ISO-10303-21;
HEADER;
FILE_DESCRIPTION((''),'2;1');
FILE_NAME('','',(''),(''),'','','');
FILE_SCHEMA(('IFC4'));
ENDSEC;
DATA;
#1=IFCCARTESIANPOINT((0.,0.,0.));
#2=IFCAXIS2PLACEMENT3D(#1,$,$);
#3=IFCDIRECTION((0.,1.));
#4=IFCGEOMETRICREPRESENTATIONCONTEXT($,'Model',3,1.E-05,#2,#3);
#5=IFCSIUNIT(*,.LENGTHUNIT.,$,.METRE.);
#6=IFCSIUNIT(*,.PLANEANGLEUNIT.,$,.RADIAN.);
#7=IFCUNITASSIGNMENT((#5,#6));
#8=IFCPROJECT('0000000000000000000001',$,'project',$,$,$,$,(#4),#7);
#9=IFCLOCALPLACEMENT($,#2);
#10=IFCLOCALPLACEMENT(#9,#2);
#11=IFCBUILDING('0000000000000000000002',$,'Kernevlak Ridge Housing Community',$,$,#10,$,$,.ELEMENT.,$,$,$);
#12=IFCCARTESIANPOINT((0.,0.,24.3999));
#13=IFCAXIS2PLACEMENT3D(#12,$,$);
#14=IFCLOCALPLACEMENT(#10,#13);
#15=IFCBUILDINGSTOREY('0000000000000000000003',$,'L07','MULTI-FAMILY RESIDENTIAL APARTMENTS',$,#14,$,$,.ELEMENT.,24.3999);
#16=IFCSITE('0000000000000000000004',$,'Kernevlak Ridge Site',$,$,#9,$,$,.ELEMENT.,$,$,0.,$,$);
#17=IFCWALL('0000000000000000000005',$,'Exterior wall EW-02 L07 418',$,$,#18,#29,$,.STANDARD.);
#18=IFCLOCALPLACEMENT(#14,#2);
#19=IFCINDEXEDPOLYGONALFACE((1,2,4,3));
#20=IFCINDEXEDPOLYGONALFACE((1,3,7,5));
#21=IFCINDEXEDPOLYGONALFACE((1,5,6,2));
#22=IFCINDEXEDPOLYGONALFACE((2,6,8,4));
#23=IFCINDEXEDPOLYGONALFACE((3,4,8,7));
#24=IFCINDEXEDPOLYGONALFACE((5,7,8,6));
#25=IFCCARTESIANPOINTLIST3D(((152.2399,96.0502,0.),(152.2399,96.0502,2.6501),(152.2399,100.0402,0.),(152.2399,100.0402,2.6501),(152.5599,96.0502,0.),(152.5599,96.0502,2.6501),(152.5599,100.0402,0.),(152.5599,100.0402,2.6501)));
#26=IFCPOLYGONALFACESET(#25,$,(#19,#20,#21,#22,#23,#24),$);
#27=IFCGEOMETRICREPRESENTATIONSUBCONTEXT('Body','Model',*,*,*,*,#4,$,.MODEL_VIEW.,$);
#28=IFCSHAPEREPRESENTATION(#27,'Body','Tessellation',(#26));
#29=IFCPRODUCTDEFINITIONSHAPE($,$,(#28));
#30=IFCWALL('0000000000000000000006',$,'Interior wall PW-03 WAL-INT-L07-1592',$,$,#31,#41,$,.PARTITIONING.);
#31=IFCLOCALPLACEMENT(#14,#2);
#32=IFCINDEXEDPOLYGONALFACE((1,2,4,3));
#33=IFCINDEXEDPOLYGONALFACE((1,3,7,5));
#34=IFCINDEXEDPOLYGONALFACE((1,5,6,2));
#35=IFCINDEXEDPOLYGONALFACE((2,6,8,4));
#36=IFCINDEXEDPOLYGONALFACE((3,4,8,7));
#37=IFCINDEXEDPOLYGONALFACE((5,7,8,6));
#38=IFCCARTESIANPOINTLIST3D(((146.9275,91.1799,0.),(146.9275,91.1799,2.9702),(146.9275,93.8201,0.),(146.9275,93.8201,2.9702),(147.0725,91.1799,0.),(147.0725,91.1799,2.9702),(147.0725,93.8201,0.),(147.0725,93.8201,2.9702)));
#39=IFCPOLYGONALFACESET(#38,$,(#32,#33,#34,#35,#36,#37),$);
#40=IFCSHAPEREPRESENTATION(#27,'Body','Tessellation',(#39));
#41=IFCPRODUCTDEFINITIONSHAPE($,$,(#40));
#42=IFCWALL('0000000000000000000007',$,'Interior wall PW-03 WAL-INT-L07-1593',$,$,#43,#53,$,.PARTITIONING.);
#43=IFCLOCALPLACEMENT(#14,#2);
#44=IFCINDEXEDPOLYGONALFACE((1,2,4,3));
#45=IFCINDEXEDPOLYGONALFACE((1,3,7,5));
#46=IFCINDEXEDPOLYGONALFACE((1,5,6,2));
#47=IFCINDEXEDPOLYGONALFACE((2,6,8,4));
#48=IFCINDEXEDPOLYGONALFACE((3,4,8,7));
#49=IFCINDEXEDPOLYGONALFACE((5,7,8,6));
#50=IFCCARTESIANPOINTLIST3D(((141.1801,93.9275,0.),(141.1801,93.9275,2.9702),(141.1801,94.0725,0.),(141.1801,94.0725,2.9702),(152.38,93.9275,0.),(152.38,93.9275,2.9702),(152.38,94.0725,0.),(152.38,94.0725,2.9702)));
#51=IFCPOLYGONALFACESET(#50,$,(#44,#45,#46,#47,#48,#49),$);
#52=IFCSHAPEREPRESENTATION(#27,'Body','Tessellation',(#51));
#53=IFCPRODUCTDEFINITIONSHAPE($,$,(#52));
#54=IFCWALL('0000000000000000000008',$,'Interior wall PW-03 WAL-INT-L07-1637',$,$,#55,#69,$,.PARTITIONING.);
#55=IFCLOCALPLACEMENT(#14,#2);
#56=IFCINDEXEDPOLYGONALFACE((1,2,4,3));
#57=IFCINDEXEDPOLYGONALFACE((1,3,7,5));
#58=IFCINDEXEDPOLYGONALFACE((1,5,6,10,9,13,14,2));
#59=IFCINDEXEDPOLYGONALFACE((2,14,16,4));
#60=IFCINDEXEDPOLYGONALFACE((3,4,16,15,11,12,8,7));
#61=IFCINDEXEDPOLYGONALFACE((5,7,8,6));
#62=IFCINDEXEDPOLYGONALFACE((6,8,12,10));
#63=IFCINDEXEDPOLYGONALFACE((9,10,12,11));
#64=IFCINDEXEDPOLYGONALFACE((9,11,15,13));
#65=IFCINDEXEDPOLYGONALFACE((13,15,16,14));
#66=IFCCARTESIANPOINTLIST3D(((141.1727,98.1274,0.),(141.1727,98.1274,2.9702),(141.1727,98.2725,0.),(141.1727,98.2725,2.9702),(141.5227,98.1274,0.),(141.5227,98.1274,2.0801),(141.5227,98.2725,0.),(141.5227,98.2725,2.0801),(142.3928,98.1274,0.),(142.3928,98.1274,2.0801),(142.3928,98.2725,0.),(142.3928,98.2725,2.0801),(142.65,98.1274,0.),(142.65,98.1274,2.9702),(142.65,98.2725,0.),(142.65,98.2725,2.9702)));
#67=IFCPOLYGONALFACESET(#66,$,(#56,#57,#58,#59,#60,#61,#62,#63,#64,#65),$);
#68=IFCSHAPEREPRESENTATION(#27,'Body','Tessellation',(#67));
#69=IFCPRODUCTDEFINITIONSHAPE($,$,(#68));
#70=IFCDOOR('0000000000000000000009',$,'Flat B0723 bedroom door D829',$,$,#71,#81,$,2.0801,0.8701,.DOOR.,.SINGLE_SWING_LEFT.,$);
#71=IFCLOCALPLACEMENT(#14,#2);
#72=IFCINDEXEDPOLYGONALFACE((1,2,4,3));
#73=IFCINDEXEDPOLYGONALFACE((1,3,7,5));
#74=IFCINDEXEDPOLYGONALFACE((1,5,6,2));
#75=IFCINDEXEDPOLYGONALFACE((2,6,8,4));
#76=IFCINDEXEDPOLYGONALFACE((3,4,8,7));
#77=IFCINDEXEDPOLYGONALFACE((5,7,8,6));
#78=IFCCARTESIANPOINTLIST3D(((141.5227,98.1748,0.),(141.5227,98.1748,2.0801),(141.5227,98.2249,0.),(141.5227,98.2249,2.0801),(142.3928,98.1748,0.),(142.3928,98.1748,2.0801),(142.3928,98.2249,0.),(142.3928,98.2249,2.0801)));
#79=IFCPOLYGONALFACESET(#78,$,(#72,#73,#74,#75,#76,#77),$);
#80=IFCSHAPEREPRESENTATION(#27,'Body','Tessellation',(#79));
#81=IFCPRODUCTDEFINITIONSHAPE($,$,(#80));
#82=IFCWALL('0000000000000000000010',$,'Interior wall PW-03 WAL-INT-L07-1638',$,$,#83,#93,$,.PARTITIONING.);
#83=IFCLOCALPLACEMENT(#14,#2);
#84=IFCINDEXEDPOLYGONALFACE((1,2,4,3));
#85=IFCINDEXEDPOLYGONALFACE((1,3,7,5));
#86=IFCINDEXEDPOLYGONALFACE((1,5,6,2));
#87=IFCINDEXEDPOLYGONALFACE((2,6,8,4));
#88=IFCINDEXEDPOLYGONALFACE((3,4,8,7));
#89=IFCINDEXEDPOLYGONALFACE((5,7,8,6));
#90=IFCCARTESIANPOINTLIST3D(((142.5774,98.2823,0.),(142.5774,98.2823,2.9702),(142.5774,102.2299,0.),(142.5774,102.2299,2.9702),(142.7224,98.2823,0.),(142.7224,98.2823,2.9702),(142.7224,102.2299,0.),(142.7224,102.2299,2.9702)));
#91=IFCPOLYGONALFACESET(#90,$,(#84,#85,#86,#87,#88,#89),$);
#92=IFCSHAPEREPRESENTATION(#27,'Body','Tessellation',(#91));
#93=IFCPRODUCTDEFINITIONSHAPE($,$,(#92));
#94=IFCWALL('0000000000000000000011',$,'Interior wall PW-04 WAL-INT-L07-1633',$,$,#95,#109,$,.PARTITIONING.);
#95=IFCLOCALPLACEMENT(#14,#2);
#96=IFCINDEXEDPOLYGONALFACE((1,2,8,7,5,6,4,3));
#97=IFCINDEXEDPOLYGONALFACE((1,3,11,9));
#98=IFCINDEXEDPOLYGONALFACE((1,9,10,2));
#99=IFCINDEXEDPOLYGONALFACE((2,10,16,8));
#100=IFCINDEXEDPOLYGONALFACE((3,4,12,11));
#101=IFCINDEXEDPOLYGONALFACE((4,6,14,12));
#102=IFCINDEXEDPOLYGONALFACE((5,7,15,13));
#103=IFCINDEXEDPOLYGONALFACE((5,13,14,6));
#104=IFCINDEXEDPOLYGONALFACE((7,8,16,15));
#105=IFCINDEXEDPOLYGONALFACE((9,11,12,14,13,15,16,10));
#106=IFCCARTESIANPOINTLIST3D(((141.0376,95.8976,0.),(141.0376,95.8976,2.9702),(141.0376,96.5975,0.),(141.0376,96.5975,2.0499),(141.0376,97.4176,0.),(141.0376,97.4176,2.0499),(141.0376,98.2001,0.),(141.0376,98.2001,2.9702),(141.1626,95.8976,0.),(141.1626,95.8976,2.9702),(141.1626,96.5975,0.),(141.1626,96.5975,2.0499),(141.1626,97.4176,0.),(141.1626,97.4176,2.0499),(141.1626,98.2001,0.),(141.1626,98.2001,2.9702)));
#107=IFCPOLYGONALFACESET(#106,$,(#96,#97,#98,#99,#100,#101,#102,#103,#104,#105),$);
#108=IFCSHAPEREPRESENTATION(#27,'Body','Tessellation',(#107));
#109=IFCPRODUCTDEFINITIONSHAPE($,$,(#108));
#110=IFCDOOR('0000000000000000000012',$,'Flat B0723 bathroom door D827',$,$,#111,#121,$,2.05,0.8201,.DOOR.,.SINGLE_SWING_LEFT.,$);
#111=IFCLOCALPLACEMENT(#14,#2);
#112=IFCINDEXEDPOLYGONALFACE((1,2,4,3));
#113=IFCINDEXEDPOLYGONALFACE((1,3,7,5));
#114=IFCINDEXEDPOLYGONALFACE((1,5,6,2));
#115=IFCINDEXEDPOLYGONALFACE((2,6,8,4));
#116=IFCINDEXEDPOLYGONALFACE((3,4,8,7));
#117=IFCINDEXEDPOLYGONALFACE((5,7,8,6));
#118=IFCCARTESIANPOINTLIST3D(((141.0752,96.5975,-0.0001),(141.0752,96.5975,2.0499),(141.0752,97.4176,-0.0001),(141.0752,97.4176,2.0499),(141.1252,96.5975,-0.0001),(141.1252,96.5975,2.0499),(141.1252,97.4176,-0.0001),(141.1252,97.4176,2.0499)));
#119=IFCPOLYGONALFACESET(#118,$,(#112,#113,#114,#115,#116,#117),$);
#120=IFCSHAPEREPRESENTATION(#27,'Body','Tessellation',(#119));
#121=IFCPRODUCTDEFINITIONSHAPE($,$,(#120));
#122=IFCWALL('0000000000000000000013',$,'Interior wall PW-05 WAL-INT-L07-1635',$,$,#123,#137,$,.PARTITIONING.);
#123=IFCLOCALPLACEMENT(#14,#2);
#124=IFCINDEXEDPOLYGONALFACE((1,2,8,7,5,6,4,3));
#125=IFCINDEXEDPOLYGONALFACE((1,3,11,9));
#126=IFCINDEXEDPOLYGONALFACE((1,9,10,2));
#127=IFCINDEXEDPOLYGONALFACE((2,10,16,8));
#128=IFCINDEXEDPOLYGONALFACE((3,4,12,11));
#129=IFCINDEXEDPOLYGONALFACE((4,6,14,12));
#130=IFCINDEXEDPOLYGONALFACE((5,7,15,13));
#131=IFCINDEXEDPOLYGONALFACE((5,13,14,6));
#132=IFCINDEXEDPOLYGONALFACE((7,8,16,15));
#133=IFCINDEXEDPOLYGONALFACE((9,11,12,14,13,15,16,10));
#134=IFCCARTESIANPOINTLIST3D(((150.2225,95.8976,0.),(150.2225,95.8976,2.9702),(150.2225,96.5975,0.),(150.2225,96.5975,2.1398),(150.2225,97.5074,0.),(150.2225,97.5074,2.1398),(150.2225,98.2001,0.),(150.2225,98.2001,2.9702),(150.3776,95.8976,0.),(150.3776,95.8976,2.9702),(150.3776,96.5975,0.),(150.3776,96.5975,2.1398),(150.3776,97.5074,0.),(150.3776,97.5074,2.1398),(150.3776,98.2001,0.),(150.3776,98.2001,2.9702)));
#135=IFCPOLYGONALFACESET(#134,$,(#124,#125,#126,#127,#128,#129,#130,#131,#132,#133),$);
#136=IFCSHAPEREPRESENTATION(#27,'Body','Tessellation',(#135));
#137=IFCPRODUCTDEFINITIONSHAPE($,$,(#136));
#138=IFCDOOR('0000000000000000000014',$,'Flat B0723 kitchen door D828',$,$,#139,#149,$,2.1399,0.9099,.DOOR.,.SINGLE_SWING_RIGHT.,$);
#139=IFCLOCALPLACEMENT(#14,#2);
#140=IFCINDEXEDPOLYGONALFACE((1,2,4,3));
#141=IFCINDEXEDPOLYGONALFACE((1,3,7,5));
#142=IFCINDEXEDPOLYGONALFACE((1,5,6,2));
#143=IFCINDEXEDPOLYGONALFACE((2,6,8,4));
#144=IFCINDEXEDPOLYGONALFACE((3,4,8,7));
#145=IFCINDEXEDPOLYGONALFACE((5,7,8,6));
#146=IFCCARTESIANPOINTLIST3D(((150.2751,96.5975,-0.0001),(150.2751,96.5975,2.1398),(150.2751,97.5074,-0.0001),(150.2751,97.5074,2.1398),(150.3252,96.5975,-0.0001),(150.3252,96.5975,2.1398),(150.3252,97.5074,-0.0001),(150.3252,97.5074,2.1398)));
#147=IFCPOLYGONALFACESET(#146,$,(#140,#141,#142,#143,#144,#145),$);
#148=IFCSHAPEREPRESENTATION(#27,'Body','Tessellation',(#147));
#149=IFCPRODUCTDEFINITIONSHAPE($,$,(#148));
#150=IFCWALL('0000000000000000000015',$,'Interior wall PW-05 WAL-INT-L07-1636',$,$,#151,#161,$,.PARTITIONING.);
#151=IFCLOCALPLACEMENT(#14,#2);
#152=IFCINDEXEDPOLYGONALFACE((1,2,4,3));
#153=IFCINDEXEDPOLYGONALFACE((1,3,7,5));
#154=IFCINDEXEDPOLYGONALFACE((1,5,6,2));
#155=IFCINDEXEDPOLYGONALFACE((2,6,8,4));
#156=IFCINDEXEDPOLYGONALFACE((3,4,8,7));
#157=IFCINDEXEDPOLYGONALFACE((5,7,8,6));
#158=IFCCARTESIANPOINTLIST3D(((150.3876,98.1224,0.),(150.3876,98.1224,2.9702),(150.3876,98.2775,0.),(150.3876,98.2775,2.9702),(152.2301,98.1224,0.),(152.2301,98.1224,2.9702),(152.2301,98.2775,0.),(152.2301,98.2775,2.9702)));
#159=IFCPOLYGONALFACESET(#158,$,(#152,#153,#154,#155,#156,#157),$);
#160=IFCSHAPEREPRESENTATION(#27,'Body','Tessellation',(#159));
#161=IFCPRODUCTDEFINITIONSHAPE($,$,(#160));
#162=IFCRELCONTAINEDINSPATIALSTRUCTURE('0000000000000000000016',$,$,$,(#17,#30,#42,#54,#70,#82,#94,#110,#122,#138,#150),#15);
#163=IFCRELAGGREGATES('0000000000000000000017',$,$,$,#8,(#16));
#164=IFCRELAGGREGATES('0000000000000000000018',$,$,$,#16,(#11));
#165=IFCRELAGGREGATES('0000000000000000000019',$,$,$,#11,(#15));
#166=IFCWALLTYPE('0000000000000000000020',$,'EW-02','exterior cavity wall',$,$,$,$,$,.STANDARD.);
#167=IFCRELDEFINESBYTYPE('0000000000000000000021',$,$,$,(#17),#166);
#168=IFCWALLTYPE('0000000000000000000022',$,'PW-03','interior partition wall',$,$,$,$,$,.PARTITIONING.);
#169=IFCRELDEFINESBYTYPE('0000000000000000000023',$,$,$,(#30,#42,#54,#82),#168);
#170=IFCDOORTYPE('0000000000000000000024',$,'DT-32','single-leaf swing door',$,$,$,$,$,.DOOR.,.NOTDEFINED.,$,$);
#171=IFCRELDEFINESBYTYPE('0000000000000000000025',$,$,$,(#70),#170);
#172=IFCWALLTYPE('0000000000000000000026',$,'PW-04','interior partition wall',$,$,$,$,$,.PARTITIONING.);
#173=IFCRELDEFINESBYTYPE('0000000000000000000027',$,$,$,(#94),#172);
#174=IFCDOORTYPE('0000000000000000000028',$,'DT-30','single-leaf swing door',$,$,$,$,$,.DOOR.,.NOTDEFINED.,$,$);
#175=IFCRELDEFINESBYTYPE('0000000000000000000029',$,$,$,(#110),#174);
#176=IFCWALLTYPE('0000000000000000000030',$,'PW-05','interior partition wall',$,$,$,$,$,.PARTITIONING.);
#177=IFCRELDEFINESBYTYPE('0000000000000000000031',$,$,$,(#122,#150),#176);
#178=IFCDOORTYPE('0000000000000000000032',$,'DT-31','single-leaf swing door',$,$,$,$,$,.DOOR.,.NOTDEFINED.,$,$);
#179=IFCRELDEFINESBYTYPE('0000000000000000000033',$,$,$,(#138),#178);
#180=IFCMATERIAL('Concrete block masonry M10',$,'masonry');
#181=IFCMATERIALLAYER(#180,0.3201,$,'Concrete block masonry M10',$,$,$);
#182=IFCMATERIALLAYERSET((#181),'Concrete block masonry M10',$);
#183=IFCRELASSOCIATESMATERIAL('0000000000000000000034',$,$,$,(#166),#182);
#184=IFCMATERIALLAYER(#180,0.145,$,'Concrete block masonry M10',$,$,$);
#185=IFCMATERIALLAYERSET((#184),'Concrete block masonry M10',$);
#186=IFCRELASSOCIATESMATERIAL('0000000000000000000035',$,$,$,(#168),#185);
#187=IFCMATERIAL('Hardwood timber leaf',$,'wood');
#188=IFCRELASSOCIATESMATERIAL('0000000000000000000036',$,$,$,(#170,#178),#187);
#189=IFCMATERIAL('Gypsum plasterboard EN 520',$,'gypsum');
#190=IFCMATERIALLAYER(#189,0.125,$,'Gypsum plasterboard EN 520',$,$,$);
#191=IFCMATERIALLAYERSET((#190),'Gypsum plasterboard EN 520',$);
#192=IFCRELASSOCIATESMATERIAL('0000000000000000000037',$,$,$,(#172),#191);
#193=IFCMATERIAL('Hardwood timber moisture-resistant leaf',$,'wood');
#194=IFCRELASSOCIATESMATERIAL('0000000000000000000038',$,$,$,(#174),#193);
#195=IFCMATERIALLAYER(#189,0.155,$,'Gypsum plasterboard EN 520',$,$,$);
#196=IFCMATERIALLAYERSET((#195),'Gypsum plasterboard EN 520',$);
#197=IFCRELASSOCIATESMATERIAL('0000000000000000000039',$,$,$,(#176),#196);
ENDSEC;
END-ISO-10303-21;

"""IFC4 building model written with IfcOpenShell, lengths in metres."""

from ifc_helpers import new_model, si_unit, direction, frame, frame_2d, origin, place, context, subcontext, project, spatial, rectangle, extrude, material, layer, layer_set, type_object, element, fill, save


model = new_model("IFC4")

# Units and contexts
model_context = context("Model", 3, precision=1e-05, world=origin(), true_north=direction((0.0, 1.0)))
body_context = subcontext(model_context, "Body", "Model", "MODEL_VIEW")
ifc_project = project(units=[si_unit("LENGTHUNIT", "METRE"), si_unit("PLANEANGLEUNIT", "RADIAN")], contexts=[model_context])

# Site, building, storey
site_placement = place(None, origin())
site = spatial("IfcSite", under=ifc_project, at=site_placement, Name="Kernevlak Ridge Site", CompositionType="ELEMENT", RefElevation=0.0)
building_placement = place(site_placement, origin())
building = spatial("IfcBuilding", under=site, at=building_placement, Name="Kernevlak Ridge Housing Community", CompositionType="ELEMENT")
storey_placement = place(building_placement, frame((0.0, 0.0, 24.3999)))
storey = spatial("IfcBuildingStorey", under=building, at=storey_placement, Name="L07", Description="MULTI-FAMILY RESIDENTIAL APARTMENTS", CompositionType="ELEMENT", Elevation=24.3999)

# Shared definitions
ifc_material_1 = material(Name="Concrete block masonry M10", Category="masonry")
ifc_layer_1 = layer(ifc_material_1, 0.3201, Name="Concrete block masonry M10")
ifc_layer_set_1 = layer_set([ifc_layer_1], Name="Concrete block masonry M10")
wall_type_1 = type_object("IfcWallType", Name="EW-02", Description="exterior cavity wall", PredefinedType="STANDARD", material=ifc_layer_set_1)

# Walls
wall_1_placement = place(storey_placement, frame((152.3999, 96.05, 0.0), z_axis=(0.0, 0.0, 1.0), x_axis=(0.0, 1.0, 0.0)))
element("IfcWall", 1, at=wall_1_placement, inside=storey, type_object=wall_type_1, Name="Exterior wall EW-02 L07 418", PredefinedType="STANDARD", context=body_context, shape_type="SweptSolid", body=[
    extrude(rectangle(XDim=3.99, YDim=0.3201, at=frame_2d((1.9951, 0.0))), origin(), (0.0, 0.0, 1.0), 2.6501),
])
ifc_layer_2 = layer(ifc_material_1, 0.145, Name="Concrete block masonry M10")
ifc_layer_set_2 = layer_set([ifc_layer_2], Name="Concrete block masonry M10")
wall_type_2 = type_object("IfcWallType", Name="PW-03", Description="interior partition wall", PredefinedType="PARTITIONING", material=ifc_layer_set_2)
wall_2_placement = place(storey_placement, frame((147.0, 91.1799, 0.0), z_axis=(0.0, 0.0, 1.0), x_axis=(0.0, 1.0, 0.0)))
element("IfcWall", 2, at=wall_2_placement, inside=storey, type_object=wall_type_2, Name="Interior wall PW-03 WAL-INT-L07-1592", PredefinedType="PARTITIONING", context=body_context, shape_type="SweptSolid", body=[
    extrude(rectangle(XDim=2.6401, YDim=0.145, at=frame_2d((1.3201, 0.0))), origin(), (0.0, 0.0, 1.0), 2.9702),
])
wall_3_placement = place(storey_placement, frame((141.1799, 94.0, 0.0), z_axis=(0.0, 0.0, 1.0), x_axis=(1.0, 0.0, 0.0)))
element("IfcWall", 3, at=wall_3_placement, inside=storey, type_object=wall_type_2, Name="Interior wall PW-03 WAL-INT-L07-1593", PredefinedType="PARTITIONING", context=body_context, shape_type="SweptSolid", body=[
    extrude(rectangle(XDim=11.2, YDim=0.145, at=frame_2d((5.6001, 0.0))), origin(), (0.0, 0.0, 1.0), 2.9702),
])

# Wall, opening, door
wall_4_placement = place(storey_placement, frame((141.1726, 98.2, 0.0), z_axis=(0.0, 0.0, 1.0), x_axis=(1.0, 0.0, 0.0)))
wall_4 = element("IfcWall", 4, at=wall_4_placement, inside=storey, type_object=wall_type_2, Name="Interior wall PW-03 WAL-INT-L07-1637", PredefinedType="PARTITIONING", context=body_context, shape_type="SweptSolid", body=[
    extrude(rectangle(XDim=1.4773, YDim=0.145, at=frame_2d((0.7388, 0.0))), origin(), (0.0, 0.0, 1.0), 2.9702),
])
opening_1_placement = place(wall_4_placement, frame((0.3501, 0.0, 0.0)))
opening_1 = element("IfcOpeningElement", 5, at=opening_1_placement, cuts=wall_4, PredefinedType="OPENING", context=body_context, shape_type="SweptSolid", body=[
    extrude(rectangle(XDim=0.8701, YDim=2.0801, at=frame_2d((0.4351, 1.04))), frame((0.0, 0.0825, 0.0), z_axis=(0.0, -1.0, 0.0), x_axis=(1.0, 0.0, 0.0)), (0.0, 0.0, 1.0), 0.165),
])
ifc_material_2 = material(Name="Hardwood timber leaf", Category="wood")
door_type_1 = type_object("IfcDoorType", Name="DT-32", Description="single-leaf swing door", OperationType="NOTDEFINED", PredefinedType="DOOR", material=ifc_material_2)
door_1_placement = place(opening_1_placement, origin())
door_1 = element("IfcDoor", 6, at=door_1_placement, inside=storey, type_object=door_type_1, Name="Flat B0723 bedroom door D829", OperationType="SINGLE_SWING_LEFT", OverallHeight=2.0801, OverallWidth=0.8701, PredefinedType="DOOR", context=body_context, shape_type="SweptSolid", body=[
    extrude(rectangle(XDim=0.8701, YDim=2.0801, at=frame_2d((0.4351, 1.04))), frame((0.0, 0.0249, 0.0), z_axis=(0.0, -1.0, 0.0), x_axis=(1.0, 0.0, 0.0)), (0.0, 0.0, 1.0), 0.05),
])
fill(opening_1, door_1)

# Wall
wall_5_placement = place(storey_placement, frame((142.6499, 98.2825, 0.0), z_axis=(0.0, 0.0, 1.0), x_axis=(0.0, 1.0, 0.0)))
element("IfcWall", 7, at=wall_5_placement, inside=storey, type_object=wall_type_2, Name="Interior wall PW-03 WAL-INT-L07-1638", PredefinedType="PARTITIONING", context=body_context, shape_type="SweptSolid", body=[
    extrude(rectangle(XDim=3.9475, YDim=0.145, at=frame_2d((1.9736, 0.0))), origin(), (0.0, 0.0, 1.0), 2.9702),
])

# Walls, openings, doors
ifc_material_3 = material(Name="Gypsum plasterboard EN 520", Category="gypsum")
ifc_layer_3 = layer(ifc_material_3, 0.125, Name="Gypsum plasterboard EN 520")
ifc_layer_set_3 = layer_set([ifc_layer_3], Name="Gypsum plasterboard EN 520")
wall_type_3 = type_object("IfcWallType", Name="PW-04", Description="interior partition wall", PredefinedType="PARTITIONING", material=ifc_layer_set_3)
wall_6_placement = place(storey_placement, frame((141.1001, 95.8975, 0.0), z_axis=(0.0, 0.0, 1.0), x_axis=(0.0, 1.0, 0.0)))
wall_6 = element("IfcWall", 8, at=wall_6_placement, inside=storey, type_object=wall_type_3, Name="Interior wall PW-04 WAL-INT-L07-1633", PredefinedType="PARTITIONING", context=body_context, shape_type="SweptSolid", body=[
    extrude(rectangle(XDim=2.3025, YDim=0.125, at=frame_2d((1.1514, 0.0))), origin(), (0.0, 0.0, 1.0), 2.9702),
])
opening_2_placement = place(wall_6_placement, frame((0.7, 0.0, 0.0)))
opening_2 = element("IfcOpeningElement", 9, at=opening_2_placement, cuts=wall_6, PredefinedType="OPENING", context=body_context, shape_type="SweptSolid", body=[
    extrude(rectangle(XDim=0.8201, YDim=2.05, at=frame_2d((0.4102, 1.0249))), frame((0.0, 0.0725, 0.0), z_axis=(0.0, -1.0, 0.0), x_axis=(1.0, 0.0, 0.0)), (0.0, 0.0, 1.0), 0.145),
])
ifc_material_4 = material(Name="Hardwood timber moisture-resistant leaf", Category="wood")
door_type_2 = type_object("IfcDoorType", Name="DT-30", Description="single-leaf swing door", OperationType="NOTDEFINED", PredefinedType="DOOR", material=ifc_material_4)
door_2_placement = place(opening_2_placement, origin())
door_2 = element("IfcDoor", 10, at=door_2_placement, inside=storey, type_object=door_type_2, Name="Flat B0723 bathroom door D827", OperationType="SINGLE_SWING_LEFT", OverallHeight=2.05, OverallWidth=0.8201, PredefinedType="DOOR", context=body_context, shape_type="SweptSolid", body=[
    extrude(rectangle(XDim=0.8201, YDim=2.05, at=frame_2d((0.4102, 1.0249))), frame((0.0, 0.0249, 0.0), z_axis=(0.0, -1.0, 0.0), x_axis=(1.0, 0.0, 0.0)), (0.0, 0.0, 1.0), 0.05),
])
fill(opening_2, door_2)
ifc_layer_4 = layer(ifc_material_3, 0.155, Name="Gypsum plasterboard EN 520")
ifc_layer_set_4 = layer_set([ifc_layer_4], Name="Gypsum plasterboard EN 520")
wall_type_4 = type_object("IfcWallType", Name="PW-05", Description="interior partition wall", PredefinedType="PARTITIONING", material=ifc_layer_set_4)
wall_7_placement = place(storey_placement, frame((150.3, 95.8975, 0.0), z_axis=(0.0, 0.0, 1.0), x_axis=(0.0, 1.0, 0.0)))
wall_7 = element("IfcWall", 11, at=wall_7_placement, inside=storey, type_object=wall_type_4, Name="Interior wall PW-05 WAL-INT-L07-1635", PredefinedType="PARTITIONING", context=body_context, shape_type="SweptSolid", body=[
    extrude(rectangle(XDim=2.3025, YDim=0.155, at=frame_2d((1.1514, 0.0))), origin(), (0.0, 0.0, 1.0), 2.9702),
])
opening_3_placement = place(wall_7_placement, frame((0.7, 0.0, 0.0)))
opening_3 = element("IfcOpeningElement", 12, at=opening_3_placement, cuts=wall_7, PredefinedType="OPENING", context=body_context, shape_type="SweptSolid", body=[
    extrude(rectangle(XDim=0.9099, YDim=2.1399, at=frame_2d((0.4551, 1.0698))), frame((0.0, 0.0874, 0.0), z_axis=(0.0, -1.0, 0.0), x_axis=(1.0, 0.0, 0.0)), (0.0, 0.0, 1.0), 0.175),
])
door_type_3 = type_object("IfcDoorType", Name="DT-31", Description="single-leaf swing door", OperationType="NOTDEFINED", PredefinedType="DOOR", material=ifc_material_2)
door_3_placement = place(opening_3_placement, origin())
door_3 = element("IfcDoor", 13, at=door_3_placement, inside=storey, type_object=door_type_3, Name="Flat B0723 kitchen door D828", OperationType="SINGLE_SWING_RIGHT", OverallHeight=2.1399, OverallWidth=0.9099, PredefinedType="DOOR", context=body_context, shape_type="SweptSolid", body=[
    extrude(rectangle(XDim=0.9099, YDim=2.1399, at=frame_2d((0.4551, 1.0698))), frame((0.0, 0.0249, 0.0), z_axis=(0.0, -1.0, 0.0), x_axis=(1.0, 0.0, 0.0)), (0.0, 0.0, 1.0), 0.05),
])
fill(opening_3, door_3)

# Wall
wall_8_placement = place(storey_placement, frame((150.3875, 98.2, 0.0), z_axis=(0.0, 0.0, 1.0), x_axis=(1.0, 0.0, 0.0)))
element("IfcWall", 14, at=wall_8_placement, inside=storey, type_object=wall_type_4, Name="Interior wall PW-05 WAL-INT-L07-1636", PredefinedType="PARTITIONING", context=body_context, shape_type="SweptSolid", body=[
    extrude(rectangle(XDim=1.8425, YDim=0.155, at=frame_2d((0.9214, 0.0))), origin(), (0.0, 0.0, 1.0), 2.9702),
])

save(model, "model.ifc")
